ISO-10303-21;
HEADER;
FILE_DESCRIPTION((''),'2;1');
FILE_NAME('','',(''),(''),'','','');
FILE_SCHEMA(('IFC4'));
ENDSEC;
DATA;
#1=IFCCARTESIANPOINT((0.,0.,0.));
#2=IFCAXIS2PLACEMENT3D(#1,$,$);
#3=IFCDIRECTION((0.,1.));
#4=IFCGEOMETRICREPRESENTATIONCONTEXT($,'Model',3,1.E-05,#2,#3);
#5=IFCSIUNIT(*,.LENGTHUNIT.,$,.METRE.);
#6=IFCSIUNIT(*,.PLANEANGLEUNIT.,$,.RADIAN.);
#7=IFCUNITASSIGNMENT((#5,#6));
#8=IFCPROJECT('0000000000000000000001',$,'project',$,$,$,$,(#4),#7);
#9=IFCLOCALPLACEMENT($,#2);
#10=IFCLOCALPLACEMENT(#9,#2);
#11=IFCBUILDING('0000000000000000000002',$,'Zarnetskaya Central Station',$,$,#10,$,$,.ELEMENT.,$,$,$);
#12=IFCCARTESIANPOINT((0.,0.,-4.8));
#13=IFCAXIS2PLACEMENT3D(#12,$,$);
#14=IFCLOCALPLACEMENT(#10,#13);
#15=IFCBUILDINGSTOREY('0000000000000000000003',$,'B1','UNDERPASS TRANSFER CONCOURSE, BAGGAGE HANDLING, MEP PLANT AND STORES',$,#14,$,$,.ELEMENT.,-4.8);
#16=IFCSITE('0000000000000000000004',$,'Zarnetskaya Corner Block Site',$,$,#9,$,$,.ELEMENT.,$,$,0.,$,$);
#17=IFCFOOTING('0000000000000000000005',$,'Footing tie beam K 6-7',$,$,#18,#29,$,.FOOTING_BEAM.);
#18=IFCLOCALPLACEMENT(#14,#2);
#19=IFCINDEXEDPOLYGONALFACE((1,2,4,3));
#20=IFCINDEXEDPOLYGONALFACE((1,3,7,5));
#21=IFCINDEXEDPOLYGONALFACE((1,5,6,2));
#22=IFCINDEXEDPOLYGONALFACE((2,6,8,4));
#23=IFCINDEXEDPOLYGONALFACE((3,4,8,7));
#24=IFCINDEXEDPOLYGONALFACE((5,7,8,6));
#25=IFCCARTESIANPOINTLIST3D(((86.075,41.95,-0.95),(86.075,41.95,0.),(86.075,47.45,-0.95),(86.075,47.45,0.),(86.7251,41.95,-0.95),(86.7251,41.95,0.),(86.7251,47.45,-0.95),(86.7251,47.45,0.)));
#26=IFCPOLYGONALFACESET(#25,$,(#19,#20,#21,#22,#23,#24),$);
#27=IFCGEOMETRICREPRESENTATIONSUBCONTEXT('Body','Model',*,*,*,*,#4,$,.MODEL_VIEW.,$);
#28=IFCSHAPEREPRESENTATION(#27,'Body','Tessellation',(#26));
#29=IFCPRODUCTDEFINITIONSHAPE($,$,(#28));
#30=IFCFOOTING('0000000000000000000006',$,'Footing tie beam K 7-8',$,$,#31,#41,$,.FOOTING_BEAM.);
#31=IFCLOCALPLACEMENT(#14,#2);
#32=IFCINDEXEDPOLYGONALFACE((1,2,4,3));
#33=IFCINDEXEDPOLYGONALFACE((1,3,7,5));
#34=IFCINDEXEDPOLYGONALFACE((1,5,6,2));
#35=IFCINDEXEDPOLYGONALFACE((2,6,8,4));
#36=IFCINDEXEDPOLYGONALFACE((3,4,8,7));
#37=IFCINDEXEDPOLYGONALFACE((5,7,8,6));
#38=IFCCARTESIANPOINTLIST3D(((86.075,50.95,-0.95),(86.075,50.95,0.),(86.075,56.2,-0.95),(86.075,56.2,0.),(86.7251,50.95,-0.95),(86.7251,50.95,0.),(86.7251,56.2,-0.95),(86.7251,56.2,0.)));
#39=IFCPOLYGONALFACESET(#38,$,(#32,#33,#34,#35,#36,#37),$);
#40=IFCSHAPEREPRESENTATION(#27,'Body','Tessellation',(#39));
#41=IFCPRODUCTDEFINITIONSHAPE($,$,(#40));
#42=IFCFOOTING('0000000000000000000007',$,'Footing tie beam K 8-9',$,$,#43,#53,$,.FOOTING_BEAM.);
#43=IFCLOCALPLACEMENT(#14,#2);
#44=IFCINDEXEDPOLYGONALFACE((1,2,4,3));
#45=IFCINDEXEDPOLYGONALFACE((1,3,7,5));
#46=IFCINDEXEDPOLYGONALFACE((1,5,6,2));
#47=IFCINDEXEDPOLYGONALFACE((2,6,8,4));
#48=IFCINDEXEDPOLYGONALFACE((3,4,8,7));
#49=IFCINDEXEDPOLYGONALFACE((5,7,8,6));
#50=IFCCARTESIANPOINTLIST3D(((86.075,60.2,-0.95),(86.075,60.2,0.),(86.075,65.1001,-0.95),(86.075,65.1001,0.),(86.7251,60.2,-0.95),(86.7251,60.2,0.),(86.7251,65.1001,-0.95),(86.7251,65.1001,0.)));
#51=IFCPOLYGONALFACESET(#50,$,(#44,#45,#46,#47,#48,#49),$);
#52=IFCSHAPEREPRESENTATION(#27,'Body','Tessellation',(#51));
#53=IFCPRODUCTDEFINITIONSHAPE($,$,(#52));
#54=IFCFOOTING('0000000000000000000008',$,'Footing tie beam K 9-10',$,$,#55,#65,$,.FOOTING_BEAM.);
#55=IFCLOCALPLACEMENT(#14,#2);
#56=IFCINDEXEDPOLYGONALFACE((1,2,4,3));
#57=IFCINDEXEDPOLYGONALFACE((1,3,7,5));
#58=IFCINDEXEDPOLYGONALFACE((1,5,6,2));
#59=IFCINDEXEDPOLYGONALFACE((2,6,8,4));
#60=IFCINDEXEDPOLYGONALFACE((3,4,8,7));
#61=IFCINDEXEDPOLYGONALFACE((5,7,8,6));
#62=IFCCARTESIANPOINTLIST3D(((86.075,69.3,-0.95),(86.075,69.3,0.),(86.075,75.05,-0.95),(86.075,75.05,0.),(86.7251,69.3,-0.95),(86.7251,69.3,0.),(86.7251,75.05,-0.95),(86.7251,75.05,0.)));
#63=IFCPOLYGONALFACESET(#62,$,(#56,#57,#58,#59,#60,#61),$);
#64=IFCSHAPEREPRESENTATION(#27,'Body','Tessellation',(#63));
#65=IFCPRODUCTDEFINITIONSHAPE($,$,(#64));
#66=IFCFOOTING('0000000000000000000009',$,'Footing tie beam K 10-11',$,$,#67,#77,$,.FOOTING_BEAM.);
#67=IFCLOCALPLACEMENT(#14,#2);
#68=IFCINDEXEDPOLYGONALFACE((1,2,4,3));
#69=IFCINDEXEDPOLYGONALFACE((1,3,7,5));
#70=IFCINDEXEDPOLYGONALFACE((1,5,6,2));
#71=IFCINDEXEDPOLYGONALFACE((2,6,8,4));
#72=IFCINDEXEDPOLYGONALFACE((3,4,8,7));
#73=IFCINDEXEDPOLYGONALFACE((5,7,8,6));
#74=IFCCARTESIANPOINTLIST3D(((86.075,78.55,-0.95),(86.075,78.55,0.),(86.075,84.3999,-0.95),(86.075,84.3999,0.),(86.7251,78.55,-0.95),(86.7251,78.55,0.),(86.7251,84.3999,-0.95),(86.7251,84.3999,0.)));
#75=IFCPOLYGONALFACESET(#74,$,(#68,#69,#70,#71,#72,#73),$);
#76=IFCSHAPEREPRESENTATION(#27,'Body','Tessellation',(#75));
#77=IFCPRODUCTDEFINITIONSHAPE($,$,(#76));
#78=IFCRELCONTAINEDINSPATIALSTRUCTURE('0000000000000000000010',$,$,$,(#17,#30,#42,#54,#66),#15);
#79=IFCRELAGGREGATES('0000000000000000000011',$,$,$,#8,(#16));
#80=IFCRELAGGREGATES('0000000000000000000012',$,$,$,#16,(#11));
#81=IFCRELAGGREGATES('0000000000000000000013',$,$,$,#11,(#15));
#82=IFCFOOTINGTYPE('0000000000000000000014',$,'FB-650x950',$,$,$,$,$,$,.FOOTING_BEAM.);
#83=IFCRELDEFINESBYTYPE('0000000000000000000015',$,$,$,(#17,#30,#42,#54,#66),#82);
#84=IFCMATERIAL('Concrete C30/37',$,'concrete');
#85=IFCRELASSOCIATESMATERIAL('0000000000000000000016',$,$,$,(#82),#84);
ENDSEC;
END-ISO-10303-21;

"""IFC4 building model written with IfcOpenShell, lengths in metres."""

from ifc_helpers import new_model, si_unit, direction, frame, origin, place, context, subcontext, project, spatial, polyline, outline, extrude, material, type_object, element, save


model = new_model("IFC4")

# Units and contexts
model_context = context("Model", 3, precision=1e-05, world=origin(), true_north=direction((0.0, 1.0)))
body_context = subcontext(model_context, "Body", "Model", "MODEL_VIEW")
ifc_project = project(units=[si_unit("LENGTHUNIT", "METRE"), si_unit("PLANEANGLEUNIT", "RADIAN")], contexts=[model_context])

# Site, building, storey
site_placement = place(None, origin())
site = spatial("IfcSite", under=ifc_project, at=site_placement, Name="Zarnetskaya Corner Block Site", CompositionType="ELEMENT", RefElevation=0.0)
building_placement = place(site_placement, origin())
building = spatial("IfcBuilding", under=site, at=building_placement, Name="Zarnetskaya Central Station", CompositionType="ELEMENT")
storey_placement = place(building_placement, frame((0.0, 0.0, -4.8)))
storey = spatial("IfcBuildingStorey", under=building, at=storey_placement, Name="B1", Description="UNDERPASS TRANSFER CONCOURSE, BAGGAGE HANDLING, MEP PLANT AND STORES", CompositionType="ELEMENT", Elevation=-4.8)

# Footings
ifc_material = material(Name="Concrete C30/37", Category="concrete")
footing_type = type_object("IfcFootingType", Name="FB-650x950", PredefinedType="FOOTING_BEAM", material=ifc_material)
footing_1_placement = place(storey_placement, frame((0.0, 0.0, -0.95)))
element("IfcFooting", 1, at=footing_1_placement, inside=storey, type_object=footing_type, Name="Footing tie beam K 6-7", PredefinedType="FOOTING_BEAM", context=body_context, shape_type="SweptSolid", body=[
    extrude(outline(polyline([(86.075, 41.95), (86.7251, 41.95), (86.7251, 47.45), (86.075, 47.45), (86.075, 41.95)])), origin(), (0.0, 0.0, 1.0), 0.95),
])
footing_2_placement = place(storey_placement, frame((0.0, 0.0, -0.95)))
element("IfcFooting", 2, at=footing_2_placement, inside=storey, type_object=footing_type, Name="Footing tie beam K 7-8", PredefinedType="FOOTING_BEAM", context=body_context, shape_type="SweptSolid", body=[
    extrude(outline(polyline([(86.075, 50.95), (86.7251, 50.95), (86.7251, 56.2), (86.075, 56.2), (86.075, 50.95)])), origin(), (0.0, 0.0, 1.0), 0.95),
])
footing_3_placement = place(storey_placement, frame((0.0, 0.0, -0.95)))
element("IfcFooting", 3, at=footing_3_placement, inside=storey, type_object=footing_type, Name="Footing tie beam K 8-9", PredefinedType="FOOTING_BEAM", context=body_context, shape_type="SweptSolid", body=[
    extrude(outline(polyline([(86.075, 60.2), (86.7251, 60.2), (86.7251, 65.1001), (86.075, 65.1001), (86.075, 60.2)])), origin(), (0.0, 0.0, 1.0), 0.95),
])
footing_4_placement = place(storey_placement, frame((0.0, 0.0, -0.95)))
element("IfcFooting", 4, at=footing_4_placement, inside=storey, type_object=footing_type, Name="Footing tie beam K 9-10", PredefinedType="FOOTING_BEAM", context=body_context, shape_type="SweptSolid", body=[
    extrude(outline(polyline([(86.075, 69.3), (86.7251, 69.3), (86.7251, 75.05), (86.075, 75.05), (86.075, 69.3)])), origin(), (0.0, 0.0, 1.0), 0.95),
])
footing_5_placement = place(storey_placement, frame((0.0, 0.0, -0.95)))
element("IfcFooting", 5, at=footing_5_placement, inside=storey, type_object=footing_type, Name="Footing tie beam K 10-11", PredefinedType="FOOTING_BEAM", context=body_context, shape_type="SweptSolid", body=[
    extrude(outline(polyline([(86.075, 78.55), (86.7251, 78.55), (86.7251, 84.3999), (86.075, 84.3999), (86.075, 78.55)])), origin(), (0.0, 0.0, 1.0), 0.95),
])

save(model, "model.ifc")
